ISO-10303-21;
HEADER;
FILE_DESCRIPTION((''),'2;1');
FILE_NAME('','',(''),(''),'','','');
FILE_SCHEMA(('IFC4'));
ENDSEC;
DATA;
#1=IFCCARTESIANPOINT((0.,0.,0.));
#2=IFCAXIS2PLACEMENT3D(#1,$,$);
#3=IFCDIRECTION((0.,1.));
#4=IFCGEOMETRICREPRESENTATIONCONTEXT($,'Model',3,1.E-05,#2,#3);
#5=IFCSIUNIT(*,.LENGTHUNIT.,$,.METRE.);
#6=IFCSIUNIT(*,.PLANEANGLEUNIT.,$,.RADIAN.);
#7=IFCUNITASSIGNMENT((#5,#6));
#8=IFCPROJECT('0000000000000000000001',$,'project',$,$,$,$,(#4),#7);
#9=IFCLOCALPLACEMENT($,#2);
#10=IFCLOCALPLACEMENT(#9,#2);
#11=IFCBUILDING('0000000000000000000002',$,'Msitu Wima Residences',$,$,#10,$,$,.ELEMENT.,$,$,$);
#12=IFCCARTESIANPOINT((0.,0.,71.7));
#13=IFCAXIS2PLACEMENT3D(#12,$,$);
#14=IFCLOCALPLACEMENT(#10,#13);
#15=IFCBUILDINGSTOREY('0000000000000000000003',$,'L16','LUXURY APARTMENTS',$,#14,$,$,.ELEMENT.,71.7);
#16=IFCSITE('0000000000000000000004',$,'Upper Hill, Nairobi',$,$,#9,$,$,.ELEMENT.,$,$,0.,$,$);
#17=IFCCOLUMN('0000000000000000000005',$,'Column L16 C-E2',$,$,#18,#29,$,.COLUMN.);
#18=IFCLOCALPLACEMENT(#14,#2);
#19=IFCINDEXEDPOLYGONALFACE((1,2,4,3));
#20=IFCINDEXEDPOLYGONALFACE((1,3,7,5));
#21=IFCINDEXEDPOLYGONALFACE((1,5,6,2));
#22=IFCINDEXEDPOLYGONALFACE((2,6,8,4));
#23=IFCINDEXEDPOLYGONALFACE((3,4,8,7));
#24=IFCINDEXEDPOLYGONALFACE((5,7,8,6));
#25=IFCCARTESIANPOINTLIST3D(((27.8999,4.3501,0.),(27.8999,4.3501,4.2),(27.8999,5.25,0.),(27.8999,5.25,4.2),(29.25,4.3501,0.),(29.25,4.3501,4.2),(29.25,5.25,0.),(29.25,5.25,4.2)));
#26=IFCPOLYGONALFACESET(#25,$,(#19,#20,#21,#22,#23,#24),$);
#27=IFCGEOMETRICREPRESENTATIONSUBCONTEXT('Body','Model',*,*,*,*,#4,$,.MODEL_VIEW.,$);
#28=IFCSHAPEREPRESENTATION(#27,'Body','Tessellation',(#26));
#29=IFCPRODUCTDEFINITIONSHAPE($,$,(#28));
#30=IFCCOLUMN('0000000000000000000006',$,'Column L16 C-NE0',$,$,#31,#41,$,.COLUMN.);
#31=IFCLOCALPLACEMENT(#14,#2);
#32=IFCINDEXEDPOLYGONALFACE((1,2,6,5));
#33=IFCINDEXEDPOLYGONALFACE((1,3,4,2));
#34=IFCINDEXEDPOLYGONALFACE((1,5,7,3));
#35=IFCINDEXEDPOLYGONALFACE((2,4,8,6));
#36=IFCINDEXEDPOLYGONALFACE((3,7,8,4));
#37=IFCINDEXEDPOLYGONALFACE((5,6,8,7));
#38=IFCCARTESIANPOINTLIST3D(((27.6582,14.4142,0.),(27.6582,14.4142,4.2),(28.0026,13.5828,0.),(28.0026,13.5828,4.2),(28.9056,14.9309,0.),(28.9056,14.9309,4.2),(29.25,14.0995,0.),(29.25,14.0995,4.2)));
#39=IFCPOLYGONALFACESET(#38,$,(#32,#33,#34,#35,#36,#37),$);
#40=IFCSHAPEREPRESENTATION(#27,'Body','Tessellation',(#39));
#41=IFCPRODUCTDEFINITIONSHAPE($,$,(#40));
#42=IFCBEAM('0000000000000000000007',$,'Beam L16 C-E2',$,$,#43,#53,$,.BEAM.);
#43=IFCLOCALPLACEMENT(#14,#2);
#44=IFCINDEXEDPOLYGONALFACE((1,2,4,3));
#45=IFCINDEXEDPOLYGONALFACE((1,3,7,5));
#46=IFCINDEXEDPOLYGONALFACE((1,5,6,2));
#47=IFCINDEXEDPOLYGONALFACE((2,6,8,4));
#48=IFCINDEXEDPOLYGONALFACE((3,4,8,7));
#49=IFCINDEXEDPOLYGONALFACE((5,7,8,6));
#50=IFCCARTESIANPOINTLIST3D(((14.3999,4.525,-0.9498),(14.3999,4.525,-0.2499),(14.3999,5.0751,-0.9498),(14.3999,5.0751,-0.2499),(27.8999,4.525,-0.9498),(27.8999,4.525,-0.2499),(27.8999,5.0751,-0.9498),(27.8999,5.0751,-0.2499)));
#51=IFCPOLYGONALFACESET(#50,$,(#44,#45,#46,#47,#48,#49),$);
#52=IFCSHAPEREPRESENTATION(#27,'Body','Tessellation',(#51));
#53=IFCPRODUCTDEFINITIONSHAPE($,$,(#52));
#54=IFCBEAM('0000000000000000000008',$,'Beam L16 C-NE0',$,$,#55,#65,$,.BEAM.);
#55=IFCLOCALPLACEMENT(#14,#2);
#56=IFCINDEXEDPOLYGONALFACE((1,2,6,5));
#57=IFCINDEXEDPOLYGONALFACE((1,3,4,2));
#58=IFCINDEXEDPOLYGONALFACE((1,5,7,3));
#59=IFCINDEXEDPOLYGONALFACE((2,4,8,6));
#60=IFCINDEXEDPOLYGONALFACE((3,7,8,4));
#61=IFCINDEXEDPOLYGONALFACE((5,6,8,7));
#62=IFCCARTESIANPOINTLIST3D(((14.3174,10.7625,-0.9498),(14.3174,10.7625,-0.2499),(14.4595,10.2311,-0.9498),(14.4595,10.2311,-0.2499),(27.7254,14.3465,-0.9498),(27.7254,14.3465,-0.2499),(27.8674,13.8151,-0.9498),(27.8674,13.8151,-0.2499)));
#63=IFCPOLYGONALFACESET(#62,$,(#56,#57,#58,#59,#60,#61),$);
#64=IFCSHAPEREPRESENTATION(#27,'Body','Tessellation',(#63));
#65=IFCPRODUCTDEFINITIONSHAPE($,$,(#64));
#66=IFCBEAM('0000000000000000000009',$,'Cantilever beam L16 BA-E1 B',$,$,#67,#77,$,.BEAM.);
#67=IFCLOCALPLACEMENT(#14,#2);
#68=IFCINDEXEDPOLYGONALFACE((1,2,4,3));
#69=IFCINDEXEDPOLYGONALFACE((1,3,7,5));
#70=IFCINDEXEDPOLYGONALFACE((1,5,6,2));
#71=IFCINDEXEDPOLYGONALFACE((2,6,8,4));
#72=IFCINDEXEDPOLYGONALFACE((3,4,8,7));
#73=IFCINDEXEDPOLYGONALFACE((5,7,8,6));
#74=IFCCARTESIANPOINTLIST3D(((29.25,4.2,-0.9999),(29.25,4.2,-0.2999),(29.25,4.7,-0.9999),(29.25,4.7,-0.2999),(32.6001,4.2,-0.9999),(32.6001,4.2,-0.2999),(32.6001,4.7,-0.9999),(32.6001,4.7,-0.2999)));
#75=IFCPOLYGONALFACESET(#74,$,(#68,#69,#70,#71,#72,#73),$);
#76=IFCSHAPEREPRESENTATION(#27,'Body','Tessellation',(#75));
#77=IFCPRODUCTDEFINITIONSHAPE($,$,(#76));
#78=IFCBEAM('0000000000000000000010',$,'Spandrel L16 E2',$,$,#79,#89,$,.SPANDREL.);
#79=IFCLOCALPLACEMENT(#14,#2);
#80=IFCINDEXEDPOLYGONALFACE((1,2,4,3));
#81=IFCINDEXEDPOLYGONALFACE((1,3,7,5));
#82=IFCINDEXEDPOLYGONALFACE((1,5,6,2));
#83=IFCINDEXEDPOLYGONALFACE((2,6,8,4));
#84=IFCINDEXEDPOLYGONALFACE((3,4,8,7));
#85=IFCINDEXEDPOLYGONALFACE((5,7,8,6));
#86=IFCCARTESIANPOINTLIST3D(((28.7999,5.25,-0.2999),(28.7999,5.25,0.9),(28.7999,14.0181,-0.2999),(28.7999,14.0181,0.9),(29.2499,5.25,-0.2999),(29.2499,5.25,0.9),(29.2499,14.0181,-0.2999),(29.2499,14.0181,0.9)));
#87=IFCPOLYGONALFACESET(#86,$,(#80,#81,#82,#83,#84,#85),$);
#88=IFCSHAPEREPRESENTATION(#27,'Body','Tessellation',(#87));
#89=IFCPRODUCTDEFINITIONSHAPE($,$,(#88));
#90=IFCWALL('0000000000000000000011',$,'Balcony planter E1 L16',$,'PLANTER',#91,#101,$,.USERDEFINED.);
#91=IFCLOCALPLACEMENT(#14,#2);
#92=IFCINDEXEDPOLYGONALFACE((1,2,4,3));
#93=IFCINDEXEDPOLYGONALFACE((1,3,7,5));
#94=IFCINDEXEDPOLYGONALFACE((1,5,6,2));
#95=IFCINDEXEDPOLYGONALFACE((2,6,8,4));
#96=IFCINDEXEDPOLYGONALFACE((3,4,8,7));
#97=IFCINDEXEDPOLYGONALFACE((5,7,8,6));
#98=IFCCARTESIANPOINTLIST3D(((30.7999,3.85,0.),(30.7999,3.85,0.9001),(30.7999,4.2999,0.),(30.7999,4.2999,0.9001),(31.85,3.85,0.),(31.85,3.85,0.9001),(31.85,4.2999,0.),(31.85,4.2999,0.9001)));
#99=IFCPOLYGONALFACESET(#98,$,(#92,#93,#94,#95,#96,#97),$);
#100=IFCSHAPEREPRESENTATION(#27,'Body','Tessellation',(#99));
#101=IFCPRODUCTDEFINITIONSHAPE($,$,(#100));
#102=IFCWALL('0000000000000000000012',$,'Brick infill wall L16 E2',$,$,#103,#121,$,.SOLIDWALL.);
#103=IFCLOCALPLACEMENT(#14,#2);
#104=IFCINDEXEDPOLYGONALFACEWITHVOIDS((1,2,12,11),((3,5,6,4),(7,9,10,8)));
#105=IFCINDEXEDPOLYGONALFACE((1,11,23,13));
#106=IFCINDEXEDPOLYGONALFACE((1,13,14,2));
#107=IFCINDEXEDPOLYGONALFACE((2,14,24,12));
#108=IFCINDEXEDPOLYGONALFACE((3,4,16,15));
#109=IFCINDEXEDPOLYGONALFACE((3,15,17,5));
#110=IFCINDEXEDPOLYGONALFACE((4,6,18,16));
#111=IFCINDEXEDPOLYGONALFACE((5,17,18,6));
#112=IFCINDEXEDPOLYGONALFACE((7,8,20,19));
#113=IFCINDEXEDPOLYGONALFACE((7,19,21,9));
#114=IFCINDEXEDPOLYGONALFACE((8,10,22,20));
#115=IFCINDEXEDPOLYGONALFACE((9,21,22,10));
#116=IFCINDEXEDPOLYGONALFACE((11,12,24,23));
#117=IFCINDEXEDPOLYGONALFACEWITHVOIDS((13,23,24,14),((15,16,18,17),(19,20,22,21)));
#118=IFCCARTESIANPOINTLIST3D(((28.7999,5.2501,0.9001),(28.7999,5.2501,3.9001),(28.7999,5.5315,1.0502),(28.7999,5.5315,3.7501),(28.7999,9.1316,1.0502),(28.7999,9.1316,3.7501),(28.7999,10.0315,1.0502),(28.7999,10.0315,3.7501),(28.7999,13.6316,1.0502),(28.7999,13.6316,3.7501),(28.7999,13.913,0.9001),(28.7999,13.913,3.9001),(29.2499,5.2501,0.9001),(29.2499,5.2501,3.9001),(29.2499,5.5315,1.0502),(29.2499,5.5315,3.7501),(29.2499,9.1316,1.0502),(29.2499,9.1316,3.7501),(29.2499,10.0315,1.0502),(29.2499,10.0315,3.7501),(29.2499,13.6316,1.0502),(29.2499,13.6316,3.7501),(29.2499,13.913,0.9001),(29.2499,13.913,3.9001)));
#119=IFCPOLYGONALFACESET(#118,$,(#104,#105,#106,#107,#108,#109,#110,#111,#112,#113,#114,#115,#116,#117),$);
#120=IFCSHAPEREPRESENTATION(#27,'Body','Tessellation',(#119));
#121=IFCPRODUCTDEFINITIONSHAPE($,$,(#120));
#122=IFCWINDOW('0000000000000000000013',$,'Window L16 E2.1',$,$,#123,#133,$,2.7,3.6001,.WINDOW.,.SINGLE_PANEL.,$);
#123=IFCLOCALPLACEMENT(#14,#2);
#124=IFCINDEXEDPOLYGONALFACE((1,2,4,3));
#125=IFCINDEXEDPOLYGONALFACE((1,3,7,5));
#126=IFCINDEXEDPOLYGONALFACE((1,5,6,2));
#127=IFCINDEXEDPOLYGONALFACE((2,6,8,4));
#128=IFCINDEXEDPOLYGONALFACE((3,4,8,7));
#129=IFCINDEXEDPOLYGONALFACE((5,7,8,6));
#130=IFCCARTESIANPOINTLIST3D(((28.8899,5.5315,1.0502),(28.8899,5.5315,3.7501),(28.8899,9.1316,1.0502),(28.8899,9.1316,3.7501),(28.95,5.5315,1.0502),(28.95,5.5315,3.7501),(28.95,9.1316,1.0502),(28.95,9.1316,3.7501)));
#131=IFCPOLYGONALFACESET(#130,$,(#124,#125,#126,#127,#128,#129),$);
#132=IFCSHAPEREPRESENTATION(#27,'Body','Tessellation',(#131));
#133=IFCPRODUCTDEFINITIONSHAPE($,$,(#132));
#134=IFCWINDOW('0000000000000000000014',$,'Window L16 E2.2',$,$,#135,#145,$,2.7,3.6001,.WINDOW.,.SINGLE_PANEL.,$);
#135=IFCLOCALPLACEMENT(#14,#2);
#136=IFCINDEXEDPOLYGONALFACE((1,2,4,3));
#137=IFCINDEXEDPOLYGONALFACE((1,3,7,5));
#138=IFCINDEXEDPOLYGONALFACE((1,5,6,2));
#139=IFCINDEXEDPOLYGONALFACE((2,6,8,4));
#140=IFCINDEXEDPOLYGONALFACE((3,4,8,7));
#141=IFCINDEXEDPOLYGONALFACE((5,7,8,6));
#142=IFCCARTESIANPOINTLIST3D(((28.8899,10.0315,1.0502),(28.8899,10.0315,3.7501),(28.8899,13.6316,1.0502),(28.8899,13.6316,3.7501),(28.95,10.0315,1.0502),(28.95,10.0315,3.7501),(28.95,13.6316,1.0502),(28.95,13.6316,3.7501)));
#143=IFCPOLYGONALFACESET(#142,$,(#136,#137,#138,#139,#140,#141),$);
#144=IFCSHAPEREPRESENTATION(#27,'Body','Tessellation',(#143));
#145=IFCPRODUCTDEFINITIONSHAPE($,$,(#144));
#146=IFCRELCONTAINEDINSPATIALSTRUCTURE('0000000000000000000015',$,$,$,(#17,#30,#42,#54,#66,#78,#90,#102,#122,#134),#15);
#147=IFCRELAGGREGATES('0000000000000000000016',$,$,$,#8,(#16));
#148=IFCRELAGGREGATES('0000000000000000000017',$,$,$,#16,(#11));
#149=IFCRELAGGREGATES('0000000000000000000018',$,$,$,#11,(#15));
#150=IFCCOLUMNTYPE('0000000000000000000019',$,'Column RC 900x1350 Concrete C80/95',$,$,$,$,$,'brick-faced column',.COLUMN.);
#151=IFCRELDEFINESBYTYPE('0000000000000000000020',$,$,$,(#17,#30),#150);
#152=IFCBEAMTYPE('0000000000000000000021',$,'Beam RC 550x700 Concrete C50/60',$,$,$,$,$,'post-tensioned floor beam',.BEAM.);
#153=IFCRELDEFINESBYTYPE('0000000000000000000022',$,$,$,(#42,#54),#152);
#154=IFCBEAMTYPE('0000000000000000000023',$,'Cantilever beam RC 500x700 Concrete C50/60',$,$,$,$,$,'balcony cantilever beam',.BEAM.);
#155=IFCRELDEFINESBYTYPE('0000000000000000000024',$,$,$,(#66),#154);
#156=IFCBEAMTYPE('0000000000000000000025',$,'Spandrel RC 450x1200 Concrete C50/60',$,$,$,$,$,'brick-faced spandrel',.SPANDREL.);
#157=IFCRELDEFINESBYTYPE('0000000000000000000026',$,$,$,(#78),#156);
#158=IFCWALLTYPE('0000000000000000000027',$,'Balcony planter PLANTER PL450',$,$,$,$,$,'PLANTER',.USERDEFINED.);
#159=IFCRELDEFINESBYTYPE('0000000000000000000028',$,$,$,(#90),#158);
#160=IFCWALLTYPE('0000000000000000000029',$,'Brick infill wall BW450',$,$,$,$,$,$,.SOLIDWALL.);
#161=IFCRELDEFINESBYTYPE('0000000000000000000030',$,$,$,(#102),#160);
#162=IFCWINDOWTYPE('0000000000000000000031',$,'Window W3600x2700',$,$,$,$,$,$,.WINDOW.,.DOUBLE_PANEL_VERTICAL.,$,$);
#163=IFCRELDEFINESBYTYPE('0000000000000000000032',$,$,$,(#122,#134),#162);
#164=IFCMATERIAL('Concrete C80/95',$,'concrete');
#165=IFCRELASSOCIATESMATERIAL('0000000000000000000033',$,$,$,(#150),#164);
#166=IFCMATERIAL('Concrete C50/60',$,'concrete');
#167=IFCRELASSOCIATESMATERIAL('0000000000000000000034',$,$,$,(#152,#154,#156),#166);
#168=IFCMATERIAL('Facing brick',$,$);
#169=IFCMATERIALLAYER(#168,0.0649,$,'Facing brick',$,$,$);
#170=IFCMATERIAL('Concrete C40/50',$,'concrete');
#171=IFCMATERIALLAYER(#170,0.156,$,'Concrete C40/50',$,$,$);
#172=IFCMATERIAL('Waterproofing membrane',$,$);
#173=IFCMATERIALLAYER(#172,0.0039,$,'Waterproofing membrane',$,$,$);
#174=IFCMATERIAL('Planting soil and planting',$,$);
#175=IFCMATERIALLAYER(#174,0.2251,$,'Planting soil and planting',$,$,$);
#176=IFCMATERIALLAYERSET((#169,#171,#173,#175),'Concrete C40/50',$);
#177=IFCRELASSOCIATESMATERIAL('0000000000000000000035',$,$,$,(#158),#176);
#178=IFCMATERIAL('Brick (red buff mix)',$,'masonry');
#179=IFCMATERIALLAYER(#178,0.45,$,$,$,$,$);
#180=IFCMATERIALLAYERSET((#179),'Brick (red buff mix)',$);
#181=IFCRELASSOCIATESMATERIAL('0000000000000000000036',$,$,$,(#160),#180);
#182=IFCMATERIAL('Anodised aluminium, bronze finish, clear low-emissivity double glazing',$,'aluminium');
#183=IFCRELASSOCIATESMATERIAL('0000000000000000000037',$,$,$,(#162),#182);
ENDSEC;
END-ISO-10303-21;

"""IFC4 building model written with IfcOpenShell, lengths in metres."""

from ifc_helpers import new_model, si_unit, direction, frame, frame_2d, origin, origin_2d, place, context, subcontext, project, spatial, rectangle, extrude, material, layer, layer_set, material_profile, profile_set, type_object, element, fill, save


model = new_model("IFC4")

# Units and contexts
model_context = context("Model", 3, precision=1e-05, world=origin(), true_north=direction((0.0, 1.0)))
body_context = subcontext(model_context, "Body", "Model", "MODEL_VIEW")
ifc_project = project(units=[si_unit("LENGTHUNIT", "METRE"), si_unit("PLANEANGLEUNIT", "RADIAN")], contexts=[model_context])

# Site, building, storey
site_placement = place(None, origin())
site = spatial("IfcSite", under=ifc_project, at=site_placement, Name="Upper Hill, Nairobi", CompositionType="ELEMENT", RefElevation=0.0)
building_placement = place(site_placement, origin())
building = spatial("IfcBuilding", under=site, at=building_placement, Name="Msitu Wima Residences", CompositionType="ELEMENT")
storey_placement = place(building_placement, frame((0.0, 0.0, 71.7)))
storey = spatial("IfcBuildingStorey", under=building, at=storey_placement, Name="L16", Description="LUXURY APARTMENTS", CompositionType="ELEMENT", Elevation=71.7)

# Columns
ifc_material_1 = material(Name="Concrete C80/95", Category="concrete")
ifc_material_profile_1 = material_profile(ifc_material_1, rectangle(XDim=0.8999, YDim=1.3501, at=origin_2d()), Name="RC 900x1350")
ifc_profile_set_1 = profile_set([ifc_material_profile_1], Name="Concrete C80/95")
column_type = type_object("IfcColumnType", Name="Column RC 900x1350 Concrete C80/95", ElementType="brick-faced column", PredefinedType="COLUMN", material=ifc_profile_set_1)
for number, where, z_axis, x_axis, name in (
    (1, (28.575, 4.8, 0.0), (0.0, 0.0, 1.0), (0.0, 1.0, 0.0), "Column L16 C-E2"),
    (2, (28.4541, 14.2568, 0.0), (0.0, 0.0, 1.0), (-0.382683, 0.92388, 0.0), "Column L16 C-NE0"),
):
    element("IfcColumn", number, at=place(storey_placement, frame(where, z_axis=z_axis, x_axis=x_axis)), inside=storey, type_object=column_type, Name=name, PredefinedType="COLUMN", context=body_context, shape_type="SweptSolid", body=[
        extrude(rectangle(XDim=0.8999, YDim=1.3501, at=origin_2d()), origin(), (0.0, 0.0, 1.0), 4.2),
    ])

# Beams
ifc_material_2 = material(Name="Concrete C50/60", Category="concrete")
ifc_material_profile_2 = material_profile(ifc_material_2, rectangle(XDim=0.55, YDim=0.7, at=origin_2d()), Name="RC 550x700")
ifc_profile_set_2 = profile_set([ifc_material_profile_2], Name="Concrete C50/60")
beam_type_1 = type_object("IfcBeamType", Name="Beam RC 550x700 Concrete C50/60", ElementType="post-tensioned floor beam", PredefinedType="BEAM", material=ifc_profile_set_2)
beam_1_placement = place(storey_placement, frame((27.8999, 4.8, -0.5999), z_axis=(-1.0, 0.0, 0.0), x_axis=(0.0, -1.0, 0.0)))
element("IfcBeam", 3, at=beam_1_placement, inside=storey, type_object=beam_type_1, Name="Beam L16 C-E2", PredefinedType="BEAM", context=body_context, shape_type="SweptSolid", body=[
    extrude(rectangle(XDim=0.55, YDim=0.7, at=origin_2d()), origin(), (0.0, 0.0, 1.0), 13.5),
])
beam_2_placement = place(storey_placement, frame((27.7964, 14.0808, -0.5999), z_axis=(-0.966082, -0.258236, 0.0), x_axis=(0.258236, -0.966082, 0.0)))
element("IfcBeam", 4, at=beam_2_placement, inside=storey, type_object=beam_type_1, Name="Beam L16 C-NE0", PredefinedType="BEAM", context=body_context, shape_type="SweptSolid", body=[
    extrude(rectangle(XDim=0.55, YDim=0.7, at=origin_2d()), origin(), (0.0, 0.0, 1.0), 13.8787),
])
ifc_material_profile_3 = material_profile(ifc_material_2, rectangle(XDim=0.5, YDim=0.7, at=origin_2d()), Name="RC 500x700")
ifc_profile_set_3 = profile_set([ifc_material_profile_3], Name="Concrete C50/60")
beam_type_2 = type_object("IfcBeamType", Name="Cantilever beam RC 500x700 Concrete C50/60", ElementType="balcony cantilever beam", PredefinedType="BEAM", material=ifc_profile_set_3)
beam_3_placement = place(storey_placement, frame((29.25, 4.45, -0.6499), z_axis=(1.0, 0.0, 0.0), x_axis=(0.0, 1.0, 0.0)))
element("IfcBeam", 5, at=beam_3_placement, inside=storey, type_object=beam_type_2, Name="Cantilever beam L16 BA-E1 B", PredefinedType="BEAM", context=body_context, shape_type="SweptSolid", body=[
    extrude(rectangle(XDim=0.5, YDim=0.7, at=origin_2d()), origin(), (0.0, 0.0, 1.0), 3.3501),
])
ifc_material_profile_4 = material_profile(ifc_material_2, rectangle(XDim=0.45, YDim=1.2, at=origin_2d()), Name="RC 450x1200")
ifc_profile_set_4 = profile_set([ifc_material_profile_4], Name="Concrete C50/60")
beam_type_3 = type_object("IfcBeamType", Name="Spandrel RC 450x1200 Concrete C50/60", ElementType="brick-faced spandrel", PredefinedType="SPANDREL", material=ifc_profile_set_4)
beam_4_placement = place(storey_placement, frame((29.0249, 5.25, 0.3), z_axis=(0.0, 1.0, 0.0), x_axis=(-1.0, 0.0, 0.0)))
element("IfcBeam", 6, at=beam_4_placement, inside=storey, type_object=beam_type_3, Name="Spandrel L16 E2", PredefinedType="SPANDREL", context=body_context, shape_type="SweptSolid", body=[
    extrude(rectangle(XDim=0.45, YDim=1.2, at=origin_2d()), origin(), (0.0, 0.0, 1.0), 8.7681),
])

# Wall
ifc_material_3 = material(Name="Facing brick")
ifc_layer_1 = layer(ifc_material_3, 0.0649, Name="Facing brick")
ifc_material_4 = material(Name="Concrete C40/50", Category="concrete")
ifc_layer_2 = layer(ifc_material_4, 0.156, Name="Concrete C40/50")
ifc_material_5 = material(Name="Waterproofing membrane")
ifc_layer_3 = layer(ifc_material_5, 0.0039, Name="Waterproofing membrane")
ifc_material_6 = material(Name="Planting soil and planting")
ifc_layer_4 = layer(ifc_material_6, 0.2251, Name="Planting soil and planting")
ifc_layer_set_1 = layer_set([ifc_layer_1, ifc_layer_2, ifc_layer_3, ifc_layer_4], Name="Concrete C40/50")
wall_type_1 = type_object("IfcWallType", Name="Balcony planter PLANTER PL450", ElementType="PLANTER", PredefinedType="USERDEFINED", material=ifc_layer_set_1)
wall_1_placement = place(storey_placement, frame((30.8, 4.075, 0.0), z_axis=(0.0, 0.0, 1.0), x_axis=(1.0, 0.0, 0.0)))
element("IfcWall", 7, at=wall_1_placement, inside=storey, type_object=wall_type_1, Name="Balcony planter E1 L16", ObjectType="PLANTER", PredefinedType="USERDEFINED", context=body_context, shape_type="SweptSolid", body=[
    extrude(rectangle(XDim=1.05, YDim=0.45, at=frame_2d((0.5249, 0.0))), origin(), (0.0, 0.0, 1.0), 0.9001),
])

# Wall, openings, windows
ifc_material_7 = material(Name="Brick (red buff mix)", Category="masonry")
ifc_layer_5 = layer(ifc_material_7, 0.45)
ifc_layer_set_2 = layer_set([ifc_layer_5], Name="Brick (red buff mix)")
wall_type_2 = type_object("IfcWallType", Name="Brick infill wall BW450", PredefinedType="SOLIDWALL", material=ifc_layer_set_2)
wall_2_placement = place(storey_placement, frame((29.0249, 5.25, 0.9001), z_axis=(0.0, 0.0, 1.0), x_axis=(0.0, 1.0, 0.0)))
wall_2 = element("IfcWall", 8, at=wall_2_placement, inside=storey, type_object=wall_type_2, Name="Brick infill wall L16 E2", PredefinedType="SOLIDWALL", context=body_context, shape_type="SweptSolid", body=[
    extrude(rectangle(XDim=8.6628, YDim=0.45, at=frame_2d((4.3315, 0.0))), origin(), (0.0, 0.0, 1.0), 3.0),
])
opening_1_placement = place(wall_2_placement, frame((0.2815, 0.0, 0.1499)))
opening_1 = element("IfcOpeningElement", 9, at=opening_1_placement, cuts=wall_2, PredefinedType="OPENING", context=body_context, shape_type="SweptSolid", body=[
    extrude(rectangle(XDim=3.6001, YDim=2.7, at=frame_2d((1.8, 1.3501))), frame((0.0, 0.2349, 0.0), z_axis=(0.0, -1.0, 0.0), x_axis=(1.0, 0.0, 0.0)), (0.0, 0.0, 1.0), 0.47),
])
opening_2_placement = place(wall_2_placement, frame((4.7815, 0.0, 0.1499)))
opening_2 = element("IfcOpeningElement", 10, at=opening_2_placement, cuts=wall_2, PredefinedType="OPENING", context=body_context, shape_type="SweptSolid", body=[
    extrude(rectangle(XDim=3.6001, YDim=2.7, at=frame_2d((1.8, 1.3501))), frame((0.0, 0.2349, 0.0), z_axis=(0.0, -1.0, 0.0), x_axis=(1.0, 0.0, 0.0)), (0.0, 0.0, 1.0), 0.47),
])
ifc_material_8 = material(Name="Anodised aluminium, bronze finish, clear low-emissivity double glazing", Category="aluminium")
window_type = type_object("IfcWindowType", Name="Window W3600x2700", PartitioningType="DOUBLE_PANEL_VERTICAL", PredefinedType="WINDOW", material=ifc_material_8)
window_1_placement = place(opening_1_placement, origin())
window_1 = element("IfcWindow", 11, at=window_1_placement, inside=storey, type_object=window_type, Name="Window L16 E2.1", OverallHeight=2.7, OverallWidth=3.6001, PartitioningType="SINGLE_PANEL", PredefinedType="WINDOW", context=body_context, shape_type="SweptSolid", body=[
    extrude(rectangle(XDim=3.6001, YDim=2.7, at=frame_2d((1.8, 1.3501))), frame((0.0, 0.135, 0.0), z_axis=(0.0, -1.0, 0.0), x_axis=(1.0, 0.0, 0.0)), (0.0, 0.0, 1.0), 0.0601),
])
fill(opening_1, window_1)
window_2_placement = place(opening_2_placement, origin())
window_2 = element("IfcWindow", 12, at=window_2_placement, inside=storey, type_object=window_type, Name="Window L16 E2.2", OverallHeight=2.7, OverallWidth=3.6001, PartitioningType="SINGLE_PANEL", PredefinedType="WINDOW", context=body_context, shape_type="SweptSolid", body=[
    extrude(rectangle(XDim=3.6001, YDim=2.7, at=frame_2d((1.8, 1.3501))), frame((0.0, 0.135, 0.0), z_axis=(0.0, -1.0, 0.0), x_axis=(1.0, 0.0, 0.0)), (0.0, 0.0, 1.0), 0.0601),
])
fill(opening_2, window_2)

save(model, "model.ifc")
